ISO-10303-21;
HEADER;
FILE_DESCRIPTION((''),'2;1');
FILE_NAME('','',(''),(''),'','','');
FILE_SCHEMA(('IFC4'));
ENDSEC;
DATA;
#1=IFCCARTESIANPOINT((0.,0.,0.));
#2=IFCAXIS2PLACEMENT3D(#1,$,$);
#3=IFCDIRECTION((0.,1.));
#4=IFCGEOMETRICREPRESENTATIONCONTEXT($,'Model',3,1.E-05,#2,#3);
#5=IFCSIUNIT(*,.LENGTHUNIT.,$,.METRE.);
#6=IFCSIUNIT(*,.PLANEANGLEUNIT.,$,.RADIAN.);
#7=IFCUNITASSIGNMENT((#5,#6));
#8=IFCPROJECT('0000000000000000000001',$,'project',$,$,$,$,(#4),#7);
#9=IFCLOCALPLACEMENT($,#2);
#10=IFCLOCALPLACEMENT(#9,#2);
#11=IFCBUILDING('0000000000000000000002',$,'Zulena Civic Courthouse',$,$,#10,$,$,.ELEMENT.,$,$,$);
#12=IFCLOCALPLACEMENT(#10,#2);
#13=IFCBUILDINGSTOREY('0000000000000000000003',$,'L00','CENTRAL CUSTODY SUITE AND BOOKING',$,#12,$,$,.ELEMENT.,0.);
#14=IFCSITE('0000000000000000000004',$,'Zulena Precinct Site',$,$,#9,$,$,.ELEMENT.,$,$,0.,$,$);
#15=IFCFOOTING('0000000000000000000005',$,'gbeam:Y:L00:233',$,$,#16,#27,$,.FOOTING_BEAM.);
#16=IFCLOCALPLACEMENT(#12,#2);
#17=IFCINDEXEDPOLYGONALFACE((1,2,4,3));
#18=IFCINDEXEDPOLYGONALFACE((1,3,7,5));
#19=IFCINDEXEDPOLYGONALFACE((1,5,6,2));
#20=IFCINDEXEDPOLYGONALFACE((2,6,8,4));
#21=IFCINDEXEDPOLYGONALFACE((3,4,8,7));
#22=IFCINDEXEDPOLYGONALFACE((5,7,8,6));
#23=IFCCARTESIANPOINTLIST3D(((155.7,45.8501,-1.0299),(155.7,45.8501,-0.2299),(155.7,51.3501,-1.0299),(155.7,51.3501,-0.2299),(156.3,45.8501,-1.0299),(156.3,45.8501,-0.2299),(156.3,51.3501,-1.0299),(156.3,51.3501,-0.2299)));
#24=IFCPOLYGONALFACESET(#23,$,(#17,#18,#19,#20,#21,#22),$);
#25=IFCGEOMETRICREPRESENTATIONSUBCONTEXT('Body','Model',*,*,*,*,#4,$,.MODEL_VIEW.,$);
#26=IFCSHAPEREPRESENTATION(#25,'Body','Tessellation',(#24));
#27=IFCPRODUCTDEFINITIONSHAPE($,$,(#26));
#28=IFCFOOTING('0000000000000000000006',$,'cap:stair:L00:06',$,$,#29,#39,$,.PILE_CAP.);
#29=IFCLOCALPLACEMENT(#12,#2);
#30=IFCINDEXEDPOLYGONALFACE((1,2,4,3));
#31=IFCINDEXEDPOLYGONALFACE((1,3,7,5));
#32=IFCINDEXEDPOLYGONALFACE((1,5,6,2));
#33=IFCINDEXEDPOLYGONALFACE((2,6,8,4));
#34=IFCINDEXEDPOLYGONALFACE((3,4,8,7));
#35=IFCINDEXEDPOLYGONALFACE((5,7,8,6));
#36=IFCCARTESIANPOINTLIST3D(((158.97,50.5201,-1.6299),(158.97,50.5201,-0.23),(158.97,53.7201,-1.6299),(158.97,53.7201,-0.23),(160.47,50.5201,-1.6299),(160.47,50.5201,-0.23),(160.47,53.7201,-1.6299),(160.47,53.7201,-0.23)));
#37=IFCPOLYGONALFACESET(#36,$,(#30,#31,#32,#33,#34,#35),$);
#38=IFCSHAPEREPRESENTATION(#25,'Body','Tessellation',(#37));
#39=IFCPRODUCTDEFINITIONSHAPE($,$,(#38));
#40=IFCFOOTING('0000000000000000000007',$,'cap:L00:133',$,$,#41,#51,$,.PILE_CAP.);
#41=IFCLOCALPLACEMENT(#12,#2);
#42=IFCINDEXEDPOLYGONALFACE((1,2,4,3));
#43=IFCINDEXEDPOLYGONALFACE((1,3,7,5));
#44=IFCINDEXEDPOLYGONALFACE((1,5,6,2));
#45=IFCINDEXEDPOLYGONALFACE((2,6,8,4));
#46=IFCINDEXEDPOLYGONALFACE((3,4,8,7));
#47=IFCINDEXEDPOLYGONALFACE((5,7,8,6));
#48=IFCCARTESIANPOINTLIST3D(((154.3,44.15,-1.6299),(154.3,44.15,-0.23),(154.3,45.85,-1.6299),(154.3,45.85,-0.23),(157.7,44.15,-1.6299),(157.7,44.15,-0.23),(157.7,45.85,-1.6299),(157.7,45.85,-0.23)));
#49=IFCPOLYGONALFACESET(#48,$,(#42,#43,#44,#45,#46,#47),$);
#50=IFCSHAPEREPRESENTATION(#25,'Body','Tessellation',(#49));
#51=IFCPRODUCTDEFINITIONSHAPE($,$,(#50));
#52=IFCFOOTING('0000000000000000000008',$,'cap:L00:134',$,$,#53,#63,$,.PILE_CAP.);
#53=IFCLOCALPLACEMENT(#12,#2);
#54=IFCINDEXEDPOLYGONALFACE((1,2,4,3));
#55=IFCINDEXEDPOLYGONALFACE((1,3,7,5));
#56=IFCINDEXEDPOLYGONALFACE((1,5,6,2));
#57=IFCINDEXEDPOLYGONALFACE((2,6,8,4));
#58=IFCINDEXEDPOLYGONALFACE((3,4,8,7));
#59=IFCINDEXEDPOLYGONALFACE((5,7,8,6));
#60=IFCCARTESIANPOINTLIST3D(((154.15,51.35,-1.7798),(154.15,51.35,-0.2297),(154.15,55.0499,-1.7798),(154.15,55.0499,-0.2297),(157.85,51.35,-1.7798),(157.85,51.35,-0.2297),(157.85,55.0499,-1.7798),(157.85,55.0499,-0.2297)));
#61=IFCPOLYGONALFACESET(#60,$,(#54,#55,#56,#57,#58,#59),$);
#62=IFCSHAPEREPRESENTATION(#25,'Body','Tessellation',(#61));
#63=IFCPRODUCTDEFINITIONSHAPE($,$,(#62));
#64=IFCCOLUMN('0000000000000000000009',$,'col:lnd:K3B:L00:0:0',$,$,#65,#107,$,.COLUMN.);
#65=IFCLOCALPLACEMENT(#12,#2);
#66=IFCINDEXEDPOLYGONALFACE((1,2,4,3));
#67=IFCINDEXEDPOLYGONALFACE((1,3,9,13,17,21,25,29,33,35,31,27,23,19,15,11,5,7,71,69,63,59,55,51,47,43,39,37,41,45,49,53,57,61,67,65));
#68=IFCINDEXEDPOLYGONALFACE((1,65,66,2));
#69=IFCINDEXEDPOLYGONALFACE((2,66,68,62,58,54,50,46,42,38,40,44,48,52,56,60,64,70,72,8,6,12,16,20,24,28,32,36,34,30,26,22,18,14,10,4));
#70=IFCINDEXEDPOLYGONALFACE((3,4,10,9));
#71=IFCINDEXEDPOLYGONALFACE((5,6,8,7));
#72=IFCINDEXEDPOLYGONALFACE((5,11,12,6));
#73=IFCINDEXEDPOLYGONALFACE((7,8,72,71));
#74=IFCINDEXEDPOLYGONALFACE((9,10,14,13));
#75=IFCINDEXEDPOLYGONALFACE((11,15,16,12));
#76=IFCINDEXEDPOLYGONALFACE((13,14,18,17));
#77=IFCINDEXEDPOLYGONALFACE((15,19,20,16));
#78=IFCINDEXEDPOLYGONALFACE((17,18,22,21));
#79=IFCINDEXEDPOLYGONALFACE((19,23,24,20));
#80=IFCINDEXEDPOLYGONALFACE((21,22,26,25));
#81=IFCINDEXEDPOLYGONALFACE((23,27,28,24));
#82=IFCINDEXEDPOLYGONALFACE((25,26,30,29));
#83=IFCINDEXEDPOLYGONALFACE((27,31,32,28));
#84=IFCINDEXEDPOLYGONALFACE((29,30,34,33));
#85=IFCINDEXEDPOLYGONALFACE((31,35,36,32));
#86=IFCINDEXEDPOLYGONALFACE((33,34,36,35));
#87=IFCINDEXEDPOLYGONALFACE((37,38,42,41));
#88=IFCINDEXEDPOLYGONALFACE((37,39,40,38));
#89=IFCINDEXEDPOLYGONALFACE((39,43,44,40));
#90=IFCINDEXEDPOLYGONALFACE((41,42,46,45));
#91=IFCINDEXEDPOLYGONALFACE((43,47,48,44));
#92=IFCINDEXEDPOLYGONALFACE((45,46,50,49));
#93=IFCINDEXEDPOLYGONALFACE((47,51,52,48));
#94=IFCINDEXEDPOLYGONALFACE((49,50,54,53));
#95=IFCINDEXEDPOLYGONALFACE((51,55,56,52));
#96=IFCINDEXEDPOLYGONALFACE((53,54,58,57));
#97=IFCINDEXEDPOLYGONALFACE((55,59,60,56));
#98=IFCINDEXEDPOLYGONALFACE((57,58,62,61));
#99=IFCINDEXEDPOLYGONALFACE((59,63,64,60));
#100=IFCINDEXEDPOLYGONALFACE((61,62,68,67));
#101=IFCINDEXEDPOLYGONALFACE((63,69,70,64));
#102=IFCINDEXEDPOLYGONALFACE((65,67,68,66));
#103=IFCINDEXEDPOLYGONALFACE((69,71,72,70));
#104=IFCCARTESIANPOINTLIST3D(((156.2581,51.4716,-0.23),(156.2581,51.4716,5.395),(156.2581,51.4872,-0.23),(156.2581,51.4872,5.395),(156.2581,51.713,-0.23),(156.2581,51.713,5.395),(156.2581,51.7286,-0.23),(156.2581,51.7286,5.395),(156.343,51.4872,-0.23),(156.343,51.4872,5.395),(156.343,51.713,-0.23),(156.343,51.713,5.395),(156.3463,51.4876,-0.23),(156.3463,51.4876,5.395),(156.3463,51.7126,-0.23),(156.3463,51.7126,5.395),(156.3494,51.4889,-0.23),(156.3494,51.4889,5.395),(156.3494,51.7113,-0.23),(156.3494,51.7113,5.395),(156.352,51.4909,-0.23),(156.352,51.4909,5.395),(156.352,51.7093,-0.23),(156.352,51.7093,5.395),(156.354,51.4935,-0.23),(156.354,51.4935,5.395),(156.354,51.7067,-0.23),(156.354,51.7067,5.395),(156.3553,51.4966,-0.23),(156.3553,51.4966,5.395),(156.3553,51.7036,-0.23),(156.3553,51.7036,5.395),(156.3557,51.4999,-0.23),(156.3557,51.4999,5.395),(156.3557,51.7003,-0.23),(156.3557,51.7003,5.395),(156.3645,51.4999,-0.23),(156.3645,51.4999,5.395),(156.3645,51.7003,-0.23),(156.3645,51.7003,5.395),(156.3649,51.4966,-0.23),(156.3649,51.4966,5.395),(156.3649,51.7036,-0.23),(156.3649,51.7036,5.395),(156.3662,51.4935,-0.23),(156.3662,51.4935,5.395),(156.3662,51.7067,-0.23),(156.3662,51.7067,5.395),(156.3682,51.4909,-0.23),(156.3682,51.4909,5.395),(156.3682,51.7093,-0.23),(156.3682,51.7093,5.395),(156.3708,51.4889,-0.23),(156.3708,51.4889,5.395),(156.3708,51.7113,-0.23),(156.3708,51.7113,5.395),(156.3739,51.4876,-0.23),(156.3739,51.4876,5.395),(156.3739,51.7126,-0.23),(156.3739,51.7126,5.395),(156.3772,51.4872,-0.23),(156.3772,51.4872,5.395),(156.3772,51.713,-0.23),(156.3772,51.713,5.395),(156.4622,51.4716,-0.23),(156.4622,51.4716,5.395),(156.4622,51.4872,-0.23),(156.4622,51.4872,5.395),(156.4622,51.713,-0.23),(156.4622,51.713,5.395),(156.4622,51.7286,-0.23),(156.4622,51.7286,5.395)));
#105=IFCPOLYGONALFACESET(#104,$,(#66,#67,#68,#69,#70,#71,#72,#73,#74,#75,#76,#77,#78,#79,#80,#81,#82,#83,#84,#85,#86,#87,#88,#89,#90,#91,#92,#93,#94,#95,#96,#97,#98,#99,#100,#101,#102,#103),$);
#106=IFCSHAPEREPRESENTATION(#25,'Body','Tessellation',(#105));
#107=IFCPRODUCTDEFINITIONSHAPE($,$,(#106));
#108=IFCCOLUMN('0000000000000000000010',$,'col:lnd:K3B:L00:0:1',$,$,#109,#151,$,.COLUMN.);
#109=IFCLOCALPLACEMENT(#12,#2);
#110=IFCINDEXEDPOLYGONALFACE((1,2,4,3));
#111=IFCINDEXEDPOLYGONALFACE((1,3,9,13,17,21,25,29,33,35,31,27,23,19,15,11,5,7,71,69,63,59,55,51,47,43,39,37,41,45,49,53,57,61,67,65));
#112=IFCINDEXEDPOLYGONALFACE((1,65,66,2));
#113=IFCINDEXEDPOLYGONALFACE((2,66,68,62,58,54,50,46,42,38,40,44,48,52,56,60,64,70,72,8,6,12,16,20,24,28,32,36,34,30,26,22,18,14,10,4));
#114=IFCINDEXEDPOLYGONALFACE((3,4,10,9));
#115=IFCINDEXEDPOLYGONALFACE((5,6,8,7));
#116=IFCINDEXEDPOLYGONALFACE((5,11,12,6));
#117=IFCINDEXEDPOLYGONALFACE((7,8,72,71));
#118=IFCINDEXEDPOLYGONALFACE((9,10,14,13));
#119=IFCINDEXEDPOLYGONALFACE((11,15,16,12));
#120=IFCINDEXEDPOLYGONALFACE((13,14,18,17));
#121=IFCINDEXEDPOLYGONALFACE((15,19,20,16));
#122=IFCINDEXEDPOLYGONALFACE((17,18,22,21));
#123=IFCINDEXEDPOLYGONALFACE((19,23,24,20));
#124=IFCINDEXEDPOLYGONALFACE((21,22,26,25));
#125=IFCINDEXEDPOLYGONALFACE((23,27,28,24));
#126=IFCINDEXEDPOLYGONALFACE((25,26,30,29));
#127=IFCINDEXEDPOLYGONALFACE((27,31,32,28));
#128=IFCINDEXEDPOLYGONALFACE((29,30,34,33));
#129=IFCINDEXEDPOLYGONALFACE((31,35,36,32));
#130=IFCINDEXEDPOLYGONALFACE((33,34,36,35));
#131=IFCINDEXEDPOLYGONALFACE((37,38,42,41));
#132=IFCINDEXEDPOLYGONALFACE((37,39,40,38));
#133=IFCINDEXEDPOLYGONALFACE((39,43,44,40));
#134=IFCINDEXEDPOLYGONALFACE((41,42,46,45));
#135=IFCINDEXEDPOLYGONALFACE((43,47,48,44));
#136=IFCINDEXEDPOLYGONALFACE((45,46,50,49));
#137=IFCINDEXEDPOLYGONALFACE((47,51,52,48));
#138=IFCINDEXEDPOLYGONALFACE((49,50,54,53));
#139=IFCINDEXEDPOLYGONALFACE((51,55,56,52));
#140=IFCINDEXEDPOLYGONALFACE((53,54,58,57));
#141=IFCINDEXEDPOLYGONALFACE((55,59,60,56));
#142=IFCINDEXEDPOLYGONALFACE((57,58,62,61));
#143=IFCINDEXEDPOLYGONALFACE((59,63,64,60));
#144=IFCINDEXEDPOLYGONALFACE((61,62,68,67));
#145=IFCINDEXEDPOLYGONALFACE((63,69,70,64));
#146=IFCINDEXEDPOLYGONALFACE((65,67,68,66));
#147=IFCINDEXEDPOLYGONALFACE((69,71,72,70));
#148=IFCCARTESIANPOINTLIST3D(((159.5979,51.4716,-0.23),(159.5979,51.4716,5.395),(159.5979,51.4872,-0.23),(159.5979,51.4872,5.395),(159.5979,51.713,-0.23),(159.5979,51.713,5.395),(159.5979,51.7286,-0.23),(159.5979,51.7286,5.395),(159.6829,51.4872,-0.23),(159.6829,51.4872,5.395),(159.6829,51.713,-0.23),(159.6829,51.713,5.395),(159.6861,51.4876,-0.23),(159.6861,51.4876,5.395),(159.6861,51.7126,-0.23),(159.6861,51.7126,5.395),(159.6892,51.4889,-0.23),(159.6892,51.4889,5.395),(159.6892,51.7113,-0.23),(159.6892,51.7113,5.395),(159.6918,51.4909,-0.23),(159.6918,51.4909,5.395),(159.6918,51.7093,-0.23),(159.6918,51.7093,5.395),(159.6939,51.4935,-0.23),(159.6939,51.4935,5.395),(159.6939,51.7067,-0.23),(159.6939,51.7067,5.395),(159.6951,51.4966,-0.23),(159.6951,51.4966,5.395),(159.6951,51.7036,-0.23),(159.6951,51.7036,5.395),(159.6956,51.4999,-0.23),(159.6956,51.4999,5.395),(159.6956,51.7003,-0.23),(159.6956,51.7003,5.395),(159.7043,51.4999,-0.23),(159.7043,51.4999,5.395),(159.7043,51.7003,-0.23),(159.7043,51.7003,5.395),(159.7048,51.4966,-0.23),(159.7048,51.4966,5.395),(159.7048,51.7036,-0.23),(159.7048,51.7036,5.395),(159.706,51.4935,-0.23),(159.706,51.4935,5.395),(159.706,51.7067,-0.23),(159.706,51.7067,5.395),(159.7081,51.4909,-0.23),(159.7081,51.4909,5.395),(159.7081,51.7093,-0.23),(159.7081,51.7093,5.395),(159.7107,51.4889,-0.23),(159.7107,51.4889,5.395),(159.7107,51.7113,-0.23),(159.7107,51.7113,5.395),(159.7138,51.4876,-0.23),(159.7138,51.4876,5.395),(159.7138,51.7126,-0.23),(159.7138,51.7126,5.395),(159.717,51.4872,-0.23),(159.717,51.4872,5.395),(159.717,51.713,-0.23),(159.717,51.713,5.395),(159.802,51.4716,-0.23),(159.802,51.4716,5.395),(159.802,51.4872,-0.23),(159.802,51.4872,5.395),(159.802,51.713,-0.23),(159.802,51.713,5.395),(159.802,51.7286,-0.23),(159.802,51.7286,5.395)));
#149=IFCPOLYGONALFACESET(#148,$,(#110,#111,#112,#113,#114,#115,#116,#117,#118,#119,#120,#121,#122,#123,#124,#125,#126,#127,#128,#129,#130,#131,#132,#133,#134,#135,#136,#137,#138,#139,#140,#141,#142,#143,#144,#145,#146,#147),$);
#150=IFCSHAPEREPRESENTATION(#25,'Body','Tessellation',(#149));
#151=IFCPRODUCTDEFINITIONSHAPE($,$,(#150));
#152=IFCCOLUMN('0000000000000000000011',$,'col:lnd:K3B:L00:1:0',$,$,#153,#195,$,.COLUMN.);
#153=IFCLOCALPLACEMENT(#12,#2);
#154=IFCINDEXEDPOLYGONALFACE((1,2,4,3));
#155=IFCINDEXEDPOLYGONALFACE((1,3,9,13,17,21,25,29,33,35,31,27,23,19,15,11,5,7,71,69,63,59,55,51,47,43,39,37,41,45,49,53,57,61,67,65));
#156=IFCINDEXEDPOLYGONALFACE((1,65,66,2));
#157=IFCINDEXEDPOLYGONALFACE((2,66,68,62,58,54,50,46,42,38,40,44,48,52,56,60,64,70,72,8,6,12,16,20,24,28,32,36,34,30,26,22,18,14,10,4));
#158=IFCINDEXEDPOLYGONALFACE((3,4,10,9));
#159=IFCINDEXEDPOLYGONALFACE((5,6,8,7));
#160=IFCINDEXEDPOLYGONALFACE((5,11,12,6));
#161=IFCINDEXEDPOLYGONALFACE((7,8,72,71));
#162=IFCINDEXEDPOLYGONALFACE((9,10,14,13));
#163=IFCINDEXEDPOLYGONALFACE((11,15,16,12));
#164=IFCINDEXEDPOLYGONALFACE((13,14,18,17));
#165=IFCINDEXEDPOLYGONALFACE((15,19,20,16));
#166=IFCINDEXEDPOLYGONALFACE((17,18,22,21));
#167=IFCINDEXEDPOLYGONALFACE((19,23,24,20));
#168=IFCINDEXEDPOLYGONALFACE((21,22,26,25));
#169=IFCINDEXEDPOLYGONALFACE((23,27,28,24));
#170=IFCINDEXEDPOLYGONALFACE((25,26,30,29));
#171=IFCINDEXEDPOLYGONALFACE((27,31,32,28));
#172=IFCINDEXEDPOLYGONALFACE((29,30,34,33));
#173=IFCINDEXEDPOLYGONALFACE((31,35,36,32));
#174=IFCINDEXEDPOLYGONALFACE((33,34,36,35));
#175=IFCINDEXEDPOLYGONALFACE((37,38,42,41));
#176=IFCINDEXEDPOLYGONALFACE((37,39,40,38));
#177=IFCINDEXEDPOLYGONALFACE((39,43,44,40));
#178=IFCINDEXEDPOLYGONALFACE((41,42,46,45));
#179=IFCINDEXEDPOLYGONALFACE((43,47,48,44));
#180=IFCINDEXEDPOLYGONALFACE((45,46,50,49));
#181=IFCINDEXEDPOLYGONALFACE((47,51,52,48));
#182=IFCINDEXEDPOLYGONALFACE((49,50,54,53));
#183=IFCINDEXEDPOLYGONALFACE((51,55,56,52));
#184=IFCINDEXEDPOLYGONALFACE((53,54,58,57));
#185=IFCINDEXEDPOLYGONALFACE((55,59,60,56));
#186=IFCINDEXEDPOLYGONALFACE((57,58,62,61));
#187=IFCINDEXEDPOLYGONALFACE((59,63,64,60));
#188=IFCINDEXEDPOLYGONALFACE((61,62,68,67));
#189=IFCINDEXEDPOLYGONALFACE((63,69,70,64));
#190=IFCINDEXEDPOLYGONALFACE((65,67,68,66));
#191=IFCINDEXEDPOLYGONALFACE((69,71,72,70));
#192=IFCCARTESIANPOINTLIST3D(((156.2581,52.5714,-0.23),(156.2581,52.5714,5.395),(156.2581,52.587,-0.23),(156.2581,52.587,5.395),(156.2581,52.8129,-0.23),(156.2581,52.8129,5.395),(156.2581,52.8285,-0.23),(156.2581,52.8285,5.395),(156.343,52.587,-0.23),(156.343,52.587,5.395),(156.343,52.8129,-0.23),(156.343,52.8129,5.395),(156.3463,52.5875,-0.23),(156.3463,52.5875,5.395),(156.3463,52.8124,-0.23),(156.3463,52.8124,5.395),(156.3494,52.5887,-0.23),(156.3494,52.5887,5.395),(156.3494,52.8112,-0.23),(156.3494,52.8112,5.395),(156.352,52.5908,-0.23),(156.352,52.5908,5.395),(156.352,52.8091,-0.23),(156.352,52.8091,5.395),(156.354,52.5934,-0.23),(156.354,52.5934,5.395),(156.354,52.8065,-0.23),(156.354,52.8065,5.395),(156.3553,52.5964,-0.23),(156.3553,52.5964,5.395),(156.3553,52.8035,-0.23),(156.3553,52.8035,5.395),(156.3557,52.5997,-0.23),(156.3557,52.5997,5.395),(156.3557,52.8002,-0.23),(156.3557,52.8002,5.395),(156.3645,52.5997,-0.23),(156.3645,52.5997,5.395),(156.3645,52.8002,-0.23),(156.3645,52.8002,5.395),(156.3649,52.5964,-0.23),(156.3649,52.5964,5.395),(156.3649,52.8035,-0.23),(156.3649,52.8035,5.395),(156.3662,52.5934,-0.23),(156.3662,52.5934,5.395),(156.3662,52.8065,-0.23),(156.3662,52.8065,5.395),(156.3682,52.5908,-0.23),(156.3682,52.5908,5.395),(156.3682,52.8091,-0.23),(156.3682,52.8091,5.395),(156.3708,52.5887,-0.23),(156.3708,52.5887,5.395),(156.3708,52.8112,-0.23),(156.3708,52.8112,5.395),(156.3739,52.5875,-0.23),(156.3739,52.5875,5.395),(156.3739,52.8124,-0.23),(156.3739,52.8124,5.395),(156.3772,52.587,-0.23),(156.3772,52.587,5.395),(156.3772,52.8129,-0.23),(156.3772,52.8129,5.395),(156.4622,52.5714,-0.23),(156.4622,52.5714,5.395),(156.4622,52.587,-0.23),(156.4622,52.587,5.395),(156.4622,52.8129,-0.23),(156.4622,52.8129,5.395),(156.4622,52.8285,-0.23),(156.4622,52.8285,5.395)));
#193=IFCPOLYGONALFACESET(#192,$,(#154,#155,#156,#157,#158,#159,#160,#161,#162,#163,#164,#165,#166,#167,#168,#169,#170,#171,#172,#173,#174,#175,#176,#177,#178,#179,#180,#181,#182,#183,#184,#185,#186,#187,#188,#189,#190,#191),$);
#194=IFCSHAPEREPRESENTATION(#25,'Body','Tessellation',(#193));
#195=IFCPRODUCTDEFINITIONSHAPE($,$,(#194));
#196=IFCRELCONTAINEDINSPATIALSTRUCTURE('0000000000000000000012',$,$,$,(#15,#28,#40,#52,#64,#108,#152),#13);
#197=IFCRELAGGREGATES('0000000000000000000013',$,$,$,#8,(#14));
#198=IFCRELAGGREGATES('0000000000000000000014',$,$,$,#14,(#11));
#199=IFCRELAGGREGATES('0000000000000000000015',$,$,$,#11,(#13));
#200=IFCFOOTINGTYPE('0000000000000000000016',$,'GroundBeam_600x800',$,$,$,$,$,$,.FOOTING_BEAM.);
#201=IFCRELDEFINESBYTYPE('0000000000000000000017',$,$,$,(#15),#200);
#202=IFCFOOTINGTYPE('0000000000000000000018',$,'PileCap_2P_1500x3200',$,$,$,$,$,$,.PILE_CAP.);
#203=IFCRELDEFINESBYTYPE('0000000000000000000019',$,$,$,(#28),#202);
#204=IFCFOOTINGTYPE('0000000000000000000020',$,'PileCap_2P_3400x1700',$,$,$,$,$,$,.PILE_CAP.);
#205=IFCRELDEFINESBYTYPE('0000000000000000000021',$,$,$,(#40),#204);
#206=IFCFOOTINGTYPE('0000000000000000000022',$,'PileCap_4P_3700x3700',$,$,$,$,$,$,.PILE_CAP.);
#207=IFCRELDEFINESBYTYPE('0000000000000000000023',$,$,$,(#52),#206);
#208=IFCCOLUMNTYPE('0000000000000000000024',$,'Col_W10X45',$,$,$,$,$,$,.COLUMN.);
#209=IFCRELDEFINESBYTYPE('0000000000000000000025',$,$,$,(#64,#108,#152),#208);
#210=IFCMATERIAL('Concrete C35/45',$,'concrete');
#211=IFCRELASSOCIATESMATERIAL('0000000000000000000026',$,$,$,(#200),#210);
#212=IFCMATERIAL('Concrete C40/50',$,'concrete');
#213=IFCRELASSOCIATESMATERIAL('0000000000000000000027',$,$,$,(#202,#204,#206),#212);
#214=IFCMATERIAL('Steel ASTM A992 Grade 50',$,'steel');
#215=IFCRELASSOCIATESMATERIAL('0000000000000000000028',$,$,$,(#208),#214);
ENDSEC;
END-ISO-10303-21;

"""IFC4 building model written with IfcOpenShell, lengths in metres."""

from ifc_helpers import new_model, si_unit, direction, frame, origin, origin_2d, place, context, subcontext, project, spatial, rectangle, i_section, extrude, material, material_profile, profile_set, type_object, element, save


model = new_model("IFC4")

# Units and contexts
model_context = context("Model", 3, precision=1e-05, world=origin(), true_north=direction((0.0, 1.0)))
body_context = subcontext(model_context, "Body", "Model", "MODEL_VIEW")
ifc_project = project(units=[si_unit("LENGTHUNIT", "METRE"), si_unit("PLANEANGLEUNIT", "RADIAN")], contexts=[model_context])

# Site, building, storey
site_placement = place(None, origin())
site = spatial("IfcSite", under=ifc_project, at=site_placement, Name="Zulena Precinct Site", CompositionType="ELEMENT", RefElevation=0.0)
building_placement = place(site_placement, origin())
building = spatial("IfcBuilding", under=site, at=building_placement, Name="Zulena Civic Courthouse", CompositionType="ELEMENT")
storey_placement = place(building_placement, origin())
storey = spatial("IfcBuildingStorey", under=building, at=storey_placement, Name="L00", Description="CENTRAL CUSTODY SUITE AND BOOKING", CompositionType="ELEMENT", Elevation=0.0)

# Shared definitions
ifc_material_1 = material(Name="Concrete C40/50", Category="concrete")

# Footings
ifc_material_2 = material(Name="Concrete C35/45", Category="concrete")
ifc_material_profile_1 = material_profile(ifc_material_2, rectangle(XDim=0.6001, YDim=0.8, at=origin_2d()), Name="RC600X800")
ifc_profile_set_1 = profile_set([ifc_material_profile_1], Name="Concrete C35/45")
footing_type_1 = type_object("IfcFootingType", Name="GroundBeam_600x800", PredefinedType="FOOTING_BEAM", material=ifc_profile_set_1)
footing_1_placement = place(storey_placement, frame((156.0, 45.8501, -0.6299), z_axis=(0.0, 1.0, 0.0), x_axis=(-1.0, 0.0, 0.0)))
element("IfcFooting", 1, at=footing_1_placement, inside=storey, type_object=footing_type_1, Name="gbeam:Y:L00:233", PredefinedType="FOOTING_BEAM", context=body_context, shape_type="SweptSolid", body=[
    extrude(rectangle(XDim=0.6001, YDim=0.8, at=origin_2d()), origin(), (0.0, 0.0, 1.0), 5.5),
])
footing_type_2 = type_object("IfcFootingType", Name="PileCap_2P_1500x3200", PredefinedType="PILE_CAP", material=ifc_material_1)
footing_2_placement = place(storey_placement, frame((159.72, 52.1201, -1.6299), z_axis=(0.0, 0.0, 1.0), x_axis=(1.0, 0.0, 0.0)))
element("IfcFooting", 2, at=footing_2_placement, inside=storey, type_object=footing_type_2, Name="cap:stair:L00:06", PredefinedType="PILE_CAP", context=body_context, shape_type="SweptSolid", body=[
    extrude(rectangle(XDim=1.5, YDim=3.2, at=origin_2d()), origin(), (0.0, 0.0, 1.0), 1.3999),
])
footing_type_3 = type_object("IfcFootingType", Name="PileCap_2P_3400x1700", PredefinedType="PILE_CAP", material=ifc_material_1)
footing_3_placement = place(storey_placement, frame((156.0, 45.0, -1.6299), z_axis=(0.0, 0.0, 1.0), x_axis=(1.0, 0.0, 0.0)))
element("IfcFooting", 3, at=footing_3_placement, inside=storey, type_object=footing_type_3, Name="cap:L00:133", PredefinedType="PILE_CAP", context=body_context, shape_type="SweptSolid", body=[
    extrude(rectangle(XDim=3.3999, YDim=1.7, at=origin_2d()), origin(), (0.0, 0.0, 1.0), 1.3999),
])
footing_type_4 = type_object("IfcFootingType", Name="PileCap_4P_3700x3700", PredefinedType="PILE_CAP", material=ifc_material_1)
footing_4_placement = place(storey_placement, frame((156.0, 53.2, -1.7798), z_axis=(0.0, 0.0, 1.0), x_axis=(1.0, 0.0, 0.0)))
element("IfcFooting", 4, at=footing_4_placement, inside=storey, type_object=footing_type_4, Name="cap:L00:134", PredefinedType="PILE_CAP", context=body_context, shape_type="SweptSolid", body=[
    extrude(rectangle(XDim=3.7, YDim=3.7, at=origin_2d()), origin(), (0.0, 0.0, 1.0), 1.55),
])

# Columns
ifc_material_3 = material(Name="Steel ASTM A992 Grade 50", Category="steel")
ifc_material_profile_2 = material_profile(ifc_material_3, i_section(OverallWidth=0.2041, OverallDepth=0.2571, WebThickness=0.0088, FlangeThickness=0.0156, FilletRadius=0.0127, at=origin_2d()), Name="W10X45")
ifc_profile_set_2 = profile_set([ifc_material_profile_2], Name="Steel ASTM A992 Grade 50")
column_type_1 = type_object("IfcColumnType", Name="Col_W10X45", PredefinedType="COLUMN", material=ifc_profile_set_2)
for number, where, z_axis, x_axis, name in (
    (5, (156.3601, 51.6001, -0.23), (0.0, 0.0, 1.0), (1.0, 0.0, 0.0), "col:lnd:K3B:L00:0:0"),
    (6, (159.7, 51.6001, -0.23), (0.0, 0.0, 1.0), (1.0, 0.0, 0.0), "col:lnd:K3B:L00:0:1"),
    (7, (156.3601, 52.7, -0.23), (0.0, 0.0, 1.0), (1.0, 0.0, 0.0), "col:lnd:K3B:L00:1:0"),
):
    element("IfcColumn", number, at=place(storey_placement, frame(where, z_axis=z_axis, x_axis=x_axis)), inside=storey, type_object=column_type_1, Name=name, PredefinedType="COLUMN", context=body_context, shape_type="SweptSolid", body=[
        extrude(i_section(OverallWidth=0.2041, OverallDepth=0.2571, WebThickness=0.0088, FlangeThickness=0.0156, FilletRadius=0.0127, at=origin_2d()), origin(), (0.0, 0.0, 1.0), 5.625),
    ])

save(model, "model.ifc")
